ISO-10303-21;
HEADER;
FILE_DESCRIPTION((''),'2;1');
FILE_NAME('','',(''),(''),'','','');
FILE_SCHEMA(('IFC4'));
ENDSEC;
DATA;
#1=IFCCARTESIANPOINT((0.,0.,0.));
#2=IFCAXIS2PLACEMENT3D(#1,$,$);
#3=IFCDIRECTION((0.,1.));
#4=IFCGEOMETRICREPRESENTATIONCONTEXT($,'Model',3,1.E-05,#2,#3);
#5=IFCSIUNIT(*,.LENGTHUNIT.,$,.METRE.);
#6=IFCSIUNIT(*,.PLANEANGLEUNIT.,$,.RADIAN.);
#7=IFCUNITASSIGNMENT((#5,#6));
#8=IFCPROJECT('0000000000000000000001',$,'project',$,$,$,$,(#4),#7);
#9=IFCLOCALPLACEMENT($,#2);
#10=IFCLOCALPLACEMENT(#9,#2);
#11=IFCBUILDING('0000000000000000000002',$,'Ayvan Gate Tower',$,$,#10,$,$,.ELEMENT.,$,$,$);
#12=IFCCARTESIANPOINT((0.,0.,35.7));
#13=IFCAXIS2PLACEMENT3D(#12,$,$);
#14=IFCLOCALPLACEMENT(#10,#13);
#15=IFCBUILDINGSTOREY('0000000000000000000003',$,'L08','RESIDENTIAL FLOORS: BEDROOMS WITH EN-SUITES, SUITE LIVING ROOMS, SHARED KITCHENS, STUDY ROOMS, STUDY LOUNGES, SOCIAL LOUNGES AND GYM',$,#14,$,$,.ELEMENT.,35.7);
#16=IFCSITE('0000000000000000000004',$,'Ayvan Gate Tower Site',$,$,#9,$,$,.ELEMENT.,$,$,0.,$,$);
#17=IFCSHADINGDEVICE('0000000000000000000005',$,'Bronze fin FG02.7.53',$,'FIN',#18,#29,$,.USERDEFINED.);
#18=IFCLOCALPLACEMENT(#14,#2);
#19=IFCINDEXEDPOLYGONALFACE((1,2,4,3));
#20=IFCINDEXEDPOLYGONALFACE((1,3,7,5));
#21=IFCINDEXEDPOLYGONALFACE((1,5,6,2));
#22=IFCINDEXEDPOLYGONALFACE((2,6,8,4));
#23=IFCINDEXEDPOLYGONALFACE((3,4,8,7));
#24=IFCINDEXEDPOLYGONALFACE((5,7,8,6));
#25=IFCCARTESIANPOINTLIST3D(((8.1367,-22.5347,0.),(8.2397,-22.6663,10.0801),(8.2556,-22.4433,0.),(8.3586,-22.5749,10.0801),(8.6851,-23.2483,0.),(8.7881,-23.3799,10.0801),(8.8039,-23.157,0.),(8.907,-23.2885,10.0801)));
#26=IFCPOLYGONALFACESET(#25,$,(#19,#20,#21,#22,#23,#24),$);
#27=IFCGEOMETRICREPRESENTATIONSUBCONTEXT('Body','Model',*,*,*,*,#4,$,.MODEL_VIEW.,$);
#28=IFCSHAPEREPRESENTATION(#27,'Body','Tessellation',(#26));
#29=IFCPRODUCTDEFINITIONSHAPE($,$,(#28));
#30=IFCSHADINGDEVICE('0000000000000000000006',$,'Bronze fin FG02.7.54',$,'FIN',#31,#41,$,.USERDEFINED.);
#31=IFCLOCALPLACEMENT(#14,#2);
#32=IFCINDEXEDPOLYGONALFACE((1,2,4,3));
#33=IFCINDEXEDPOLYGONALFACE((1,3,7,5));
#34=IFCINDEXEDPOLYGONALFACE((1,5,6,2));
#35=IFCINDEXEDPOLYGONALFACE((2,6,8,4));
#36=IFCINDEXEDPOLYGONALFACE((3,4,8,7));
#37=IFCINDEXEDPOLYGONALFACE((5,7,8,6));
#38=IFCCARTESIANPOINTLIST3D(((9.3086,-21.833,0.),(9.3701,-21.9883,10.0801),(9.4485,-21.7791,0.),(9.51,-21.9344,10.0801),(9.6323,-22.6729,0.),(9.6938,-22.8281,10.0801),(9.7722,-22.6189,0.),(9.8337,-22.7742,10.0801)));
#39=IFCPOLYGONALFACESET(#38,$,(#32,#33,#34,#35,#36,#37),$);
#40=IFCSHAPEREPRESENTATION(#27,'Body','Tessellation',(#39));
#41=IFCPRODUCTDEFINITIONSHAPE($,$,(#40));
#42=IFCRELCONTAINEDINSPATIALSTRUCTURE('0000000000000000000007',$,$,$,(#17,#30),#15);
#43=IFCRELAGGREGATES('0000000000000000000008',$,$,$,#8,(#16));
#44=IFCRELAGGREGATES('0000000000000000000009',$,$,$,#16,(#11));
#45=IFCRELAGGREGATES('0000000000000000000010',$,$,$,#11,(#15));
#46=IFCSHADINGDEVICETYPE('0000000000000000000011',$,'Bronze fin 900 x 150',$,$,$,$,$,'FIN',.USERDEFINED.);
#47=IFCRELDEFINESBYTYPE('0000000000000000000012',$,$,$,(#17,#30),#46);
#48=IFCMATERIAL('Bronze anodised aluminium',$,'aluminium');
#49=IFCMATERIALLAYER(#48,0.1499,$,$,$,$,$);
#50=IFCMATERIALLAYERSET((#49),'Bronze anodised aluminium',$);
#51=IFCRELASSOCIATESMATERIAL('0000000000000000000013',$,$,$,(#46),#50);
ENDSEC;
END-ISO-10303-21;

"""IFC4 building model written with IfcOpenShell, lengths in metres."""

from ifc_helpers import new_model, si_unit, direction, frame, origin, place, context, subcontext, project, spatial, polyline, outline, extrude, material, layer, layer_set, type_object, element, save


model = new_model("IFC4")

# Units and contexts
model_context = context("Model", 3, precision=1e-05, world=origin(), true_north=direction((0.0, 1.0)))
body_context = subcontext(model_context, "Body", "Model", "MODEL_VIEW")
ifc_project = project(units=[si_unit("LENGTHUNIT", "METRE"), si_unit("PLANEANGLEUNIT", "RADIAN")], contexts=[model_context])

# Site, building, storey
site_placement = place(None, origin())
site = spatial("IfcSite", under=ifc_project, at=site_placement, Name="Ayvan Gate Tower Site", CompositionType="ELEMENT", RefElevation=0.0)
building_placement = place(site_placement, origin())
building = spatial("IfcBuilding", under=site, at=building_placement, Name="Ayvan Gate Tower", CompositionType="ELEMENT")
storey_placement = place(building_placement, frame((0.0, 0.0, 35.7)))
storey = spatial("IfcBuildingStorey", under=building, at=storey_placement, Name="L08", Description="RESIDENTIAL FLOORS: BEDROOMS WITH EN-SUITES, SUITE LIVING ROOMS, SHARED KITCHENS, STUDY ROOMS, STUDY LOUNGES, SOCIAL LOUNGES AND GYM", CompositionType="ELEMENT", Elevation=35.7)

# Shared definitions
ifc_material_1 = material(Name="Bronze anodised aluminium", Category="aluminium")

# Shading devices
ifc_layer_1 = layer(ifc_material_1, 0.1499)
ifc_layer_set_1 = layer_set([ifc_layer_1], Name="Bronze anodised aluminium")
shading_device_type = type_object("IfcShadingDeviceType", Name="Bronze fin 900 x 150", ElementType="FIN", PredefinedType="USERDEFINED", material=ifc_layer_set_1)
shading_device_1_placement = place(storey_placement, frame((8.1367, -22.5347, 0.0), z_axis=(-0.792947, -0.609291, 0.000151), x_axis=(0.609291, -0.792947, 0.0)))
element("IfcShadingDevice", 1, at=shading_device_1_placement, inside=storey, type_object=shading_device_type, Name="Bronze fin FG02.7.53", ObjectType="FIN", PredefinedType="USERDEFINED", context=body_context, shape_type="SweptSolid", body=[
    extrude(outline(polyline([(0.0, 0.0), (0.9, 0.0), (1.0671, 10.0801), (0.1671, 10.0801), (0.0, 0.0)])), origin(), (0.0, 0.0, -1.0), 0.1499),
])
shading_device_2_placement = place(storey_placement, frame((9.3086, -21.833, 0.0), z_axis=(-0.93308, -0.35967, 0.000155), x_axis=(0.35967, -0.93308, 0.0)))
element("IfcShadingDevice", 2, at=shading_device_2_placement, inside=storey, type_object=shading_device_type, Name="Bronze fin FG02.7.54", ObjectType="FIN", PredefinedType="USERDEFINED", context=body_context, shape_type="SweptSolid", body=[
    extrude(outline(polyline([(0.0, 0.0), (0.9001, 0.0), (1.0671, 10.0801), (0.167, 10.0801), (0.0, 0.0)])), origin(), (0.0, 0.0, -1.0), 0.1499),
])

save(model, "model.ifc")
